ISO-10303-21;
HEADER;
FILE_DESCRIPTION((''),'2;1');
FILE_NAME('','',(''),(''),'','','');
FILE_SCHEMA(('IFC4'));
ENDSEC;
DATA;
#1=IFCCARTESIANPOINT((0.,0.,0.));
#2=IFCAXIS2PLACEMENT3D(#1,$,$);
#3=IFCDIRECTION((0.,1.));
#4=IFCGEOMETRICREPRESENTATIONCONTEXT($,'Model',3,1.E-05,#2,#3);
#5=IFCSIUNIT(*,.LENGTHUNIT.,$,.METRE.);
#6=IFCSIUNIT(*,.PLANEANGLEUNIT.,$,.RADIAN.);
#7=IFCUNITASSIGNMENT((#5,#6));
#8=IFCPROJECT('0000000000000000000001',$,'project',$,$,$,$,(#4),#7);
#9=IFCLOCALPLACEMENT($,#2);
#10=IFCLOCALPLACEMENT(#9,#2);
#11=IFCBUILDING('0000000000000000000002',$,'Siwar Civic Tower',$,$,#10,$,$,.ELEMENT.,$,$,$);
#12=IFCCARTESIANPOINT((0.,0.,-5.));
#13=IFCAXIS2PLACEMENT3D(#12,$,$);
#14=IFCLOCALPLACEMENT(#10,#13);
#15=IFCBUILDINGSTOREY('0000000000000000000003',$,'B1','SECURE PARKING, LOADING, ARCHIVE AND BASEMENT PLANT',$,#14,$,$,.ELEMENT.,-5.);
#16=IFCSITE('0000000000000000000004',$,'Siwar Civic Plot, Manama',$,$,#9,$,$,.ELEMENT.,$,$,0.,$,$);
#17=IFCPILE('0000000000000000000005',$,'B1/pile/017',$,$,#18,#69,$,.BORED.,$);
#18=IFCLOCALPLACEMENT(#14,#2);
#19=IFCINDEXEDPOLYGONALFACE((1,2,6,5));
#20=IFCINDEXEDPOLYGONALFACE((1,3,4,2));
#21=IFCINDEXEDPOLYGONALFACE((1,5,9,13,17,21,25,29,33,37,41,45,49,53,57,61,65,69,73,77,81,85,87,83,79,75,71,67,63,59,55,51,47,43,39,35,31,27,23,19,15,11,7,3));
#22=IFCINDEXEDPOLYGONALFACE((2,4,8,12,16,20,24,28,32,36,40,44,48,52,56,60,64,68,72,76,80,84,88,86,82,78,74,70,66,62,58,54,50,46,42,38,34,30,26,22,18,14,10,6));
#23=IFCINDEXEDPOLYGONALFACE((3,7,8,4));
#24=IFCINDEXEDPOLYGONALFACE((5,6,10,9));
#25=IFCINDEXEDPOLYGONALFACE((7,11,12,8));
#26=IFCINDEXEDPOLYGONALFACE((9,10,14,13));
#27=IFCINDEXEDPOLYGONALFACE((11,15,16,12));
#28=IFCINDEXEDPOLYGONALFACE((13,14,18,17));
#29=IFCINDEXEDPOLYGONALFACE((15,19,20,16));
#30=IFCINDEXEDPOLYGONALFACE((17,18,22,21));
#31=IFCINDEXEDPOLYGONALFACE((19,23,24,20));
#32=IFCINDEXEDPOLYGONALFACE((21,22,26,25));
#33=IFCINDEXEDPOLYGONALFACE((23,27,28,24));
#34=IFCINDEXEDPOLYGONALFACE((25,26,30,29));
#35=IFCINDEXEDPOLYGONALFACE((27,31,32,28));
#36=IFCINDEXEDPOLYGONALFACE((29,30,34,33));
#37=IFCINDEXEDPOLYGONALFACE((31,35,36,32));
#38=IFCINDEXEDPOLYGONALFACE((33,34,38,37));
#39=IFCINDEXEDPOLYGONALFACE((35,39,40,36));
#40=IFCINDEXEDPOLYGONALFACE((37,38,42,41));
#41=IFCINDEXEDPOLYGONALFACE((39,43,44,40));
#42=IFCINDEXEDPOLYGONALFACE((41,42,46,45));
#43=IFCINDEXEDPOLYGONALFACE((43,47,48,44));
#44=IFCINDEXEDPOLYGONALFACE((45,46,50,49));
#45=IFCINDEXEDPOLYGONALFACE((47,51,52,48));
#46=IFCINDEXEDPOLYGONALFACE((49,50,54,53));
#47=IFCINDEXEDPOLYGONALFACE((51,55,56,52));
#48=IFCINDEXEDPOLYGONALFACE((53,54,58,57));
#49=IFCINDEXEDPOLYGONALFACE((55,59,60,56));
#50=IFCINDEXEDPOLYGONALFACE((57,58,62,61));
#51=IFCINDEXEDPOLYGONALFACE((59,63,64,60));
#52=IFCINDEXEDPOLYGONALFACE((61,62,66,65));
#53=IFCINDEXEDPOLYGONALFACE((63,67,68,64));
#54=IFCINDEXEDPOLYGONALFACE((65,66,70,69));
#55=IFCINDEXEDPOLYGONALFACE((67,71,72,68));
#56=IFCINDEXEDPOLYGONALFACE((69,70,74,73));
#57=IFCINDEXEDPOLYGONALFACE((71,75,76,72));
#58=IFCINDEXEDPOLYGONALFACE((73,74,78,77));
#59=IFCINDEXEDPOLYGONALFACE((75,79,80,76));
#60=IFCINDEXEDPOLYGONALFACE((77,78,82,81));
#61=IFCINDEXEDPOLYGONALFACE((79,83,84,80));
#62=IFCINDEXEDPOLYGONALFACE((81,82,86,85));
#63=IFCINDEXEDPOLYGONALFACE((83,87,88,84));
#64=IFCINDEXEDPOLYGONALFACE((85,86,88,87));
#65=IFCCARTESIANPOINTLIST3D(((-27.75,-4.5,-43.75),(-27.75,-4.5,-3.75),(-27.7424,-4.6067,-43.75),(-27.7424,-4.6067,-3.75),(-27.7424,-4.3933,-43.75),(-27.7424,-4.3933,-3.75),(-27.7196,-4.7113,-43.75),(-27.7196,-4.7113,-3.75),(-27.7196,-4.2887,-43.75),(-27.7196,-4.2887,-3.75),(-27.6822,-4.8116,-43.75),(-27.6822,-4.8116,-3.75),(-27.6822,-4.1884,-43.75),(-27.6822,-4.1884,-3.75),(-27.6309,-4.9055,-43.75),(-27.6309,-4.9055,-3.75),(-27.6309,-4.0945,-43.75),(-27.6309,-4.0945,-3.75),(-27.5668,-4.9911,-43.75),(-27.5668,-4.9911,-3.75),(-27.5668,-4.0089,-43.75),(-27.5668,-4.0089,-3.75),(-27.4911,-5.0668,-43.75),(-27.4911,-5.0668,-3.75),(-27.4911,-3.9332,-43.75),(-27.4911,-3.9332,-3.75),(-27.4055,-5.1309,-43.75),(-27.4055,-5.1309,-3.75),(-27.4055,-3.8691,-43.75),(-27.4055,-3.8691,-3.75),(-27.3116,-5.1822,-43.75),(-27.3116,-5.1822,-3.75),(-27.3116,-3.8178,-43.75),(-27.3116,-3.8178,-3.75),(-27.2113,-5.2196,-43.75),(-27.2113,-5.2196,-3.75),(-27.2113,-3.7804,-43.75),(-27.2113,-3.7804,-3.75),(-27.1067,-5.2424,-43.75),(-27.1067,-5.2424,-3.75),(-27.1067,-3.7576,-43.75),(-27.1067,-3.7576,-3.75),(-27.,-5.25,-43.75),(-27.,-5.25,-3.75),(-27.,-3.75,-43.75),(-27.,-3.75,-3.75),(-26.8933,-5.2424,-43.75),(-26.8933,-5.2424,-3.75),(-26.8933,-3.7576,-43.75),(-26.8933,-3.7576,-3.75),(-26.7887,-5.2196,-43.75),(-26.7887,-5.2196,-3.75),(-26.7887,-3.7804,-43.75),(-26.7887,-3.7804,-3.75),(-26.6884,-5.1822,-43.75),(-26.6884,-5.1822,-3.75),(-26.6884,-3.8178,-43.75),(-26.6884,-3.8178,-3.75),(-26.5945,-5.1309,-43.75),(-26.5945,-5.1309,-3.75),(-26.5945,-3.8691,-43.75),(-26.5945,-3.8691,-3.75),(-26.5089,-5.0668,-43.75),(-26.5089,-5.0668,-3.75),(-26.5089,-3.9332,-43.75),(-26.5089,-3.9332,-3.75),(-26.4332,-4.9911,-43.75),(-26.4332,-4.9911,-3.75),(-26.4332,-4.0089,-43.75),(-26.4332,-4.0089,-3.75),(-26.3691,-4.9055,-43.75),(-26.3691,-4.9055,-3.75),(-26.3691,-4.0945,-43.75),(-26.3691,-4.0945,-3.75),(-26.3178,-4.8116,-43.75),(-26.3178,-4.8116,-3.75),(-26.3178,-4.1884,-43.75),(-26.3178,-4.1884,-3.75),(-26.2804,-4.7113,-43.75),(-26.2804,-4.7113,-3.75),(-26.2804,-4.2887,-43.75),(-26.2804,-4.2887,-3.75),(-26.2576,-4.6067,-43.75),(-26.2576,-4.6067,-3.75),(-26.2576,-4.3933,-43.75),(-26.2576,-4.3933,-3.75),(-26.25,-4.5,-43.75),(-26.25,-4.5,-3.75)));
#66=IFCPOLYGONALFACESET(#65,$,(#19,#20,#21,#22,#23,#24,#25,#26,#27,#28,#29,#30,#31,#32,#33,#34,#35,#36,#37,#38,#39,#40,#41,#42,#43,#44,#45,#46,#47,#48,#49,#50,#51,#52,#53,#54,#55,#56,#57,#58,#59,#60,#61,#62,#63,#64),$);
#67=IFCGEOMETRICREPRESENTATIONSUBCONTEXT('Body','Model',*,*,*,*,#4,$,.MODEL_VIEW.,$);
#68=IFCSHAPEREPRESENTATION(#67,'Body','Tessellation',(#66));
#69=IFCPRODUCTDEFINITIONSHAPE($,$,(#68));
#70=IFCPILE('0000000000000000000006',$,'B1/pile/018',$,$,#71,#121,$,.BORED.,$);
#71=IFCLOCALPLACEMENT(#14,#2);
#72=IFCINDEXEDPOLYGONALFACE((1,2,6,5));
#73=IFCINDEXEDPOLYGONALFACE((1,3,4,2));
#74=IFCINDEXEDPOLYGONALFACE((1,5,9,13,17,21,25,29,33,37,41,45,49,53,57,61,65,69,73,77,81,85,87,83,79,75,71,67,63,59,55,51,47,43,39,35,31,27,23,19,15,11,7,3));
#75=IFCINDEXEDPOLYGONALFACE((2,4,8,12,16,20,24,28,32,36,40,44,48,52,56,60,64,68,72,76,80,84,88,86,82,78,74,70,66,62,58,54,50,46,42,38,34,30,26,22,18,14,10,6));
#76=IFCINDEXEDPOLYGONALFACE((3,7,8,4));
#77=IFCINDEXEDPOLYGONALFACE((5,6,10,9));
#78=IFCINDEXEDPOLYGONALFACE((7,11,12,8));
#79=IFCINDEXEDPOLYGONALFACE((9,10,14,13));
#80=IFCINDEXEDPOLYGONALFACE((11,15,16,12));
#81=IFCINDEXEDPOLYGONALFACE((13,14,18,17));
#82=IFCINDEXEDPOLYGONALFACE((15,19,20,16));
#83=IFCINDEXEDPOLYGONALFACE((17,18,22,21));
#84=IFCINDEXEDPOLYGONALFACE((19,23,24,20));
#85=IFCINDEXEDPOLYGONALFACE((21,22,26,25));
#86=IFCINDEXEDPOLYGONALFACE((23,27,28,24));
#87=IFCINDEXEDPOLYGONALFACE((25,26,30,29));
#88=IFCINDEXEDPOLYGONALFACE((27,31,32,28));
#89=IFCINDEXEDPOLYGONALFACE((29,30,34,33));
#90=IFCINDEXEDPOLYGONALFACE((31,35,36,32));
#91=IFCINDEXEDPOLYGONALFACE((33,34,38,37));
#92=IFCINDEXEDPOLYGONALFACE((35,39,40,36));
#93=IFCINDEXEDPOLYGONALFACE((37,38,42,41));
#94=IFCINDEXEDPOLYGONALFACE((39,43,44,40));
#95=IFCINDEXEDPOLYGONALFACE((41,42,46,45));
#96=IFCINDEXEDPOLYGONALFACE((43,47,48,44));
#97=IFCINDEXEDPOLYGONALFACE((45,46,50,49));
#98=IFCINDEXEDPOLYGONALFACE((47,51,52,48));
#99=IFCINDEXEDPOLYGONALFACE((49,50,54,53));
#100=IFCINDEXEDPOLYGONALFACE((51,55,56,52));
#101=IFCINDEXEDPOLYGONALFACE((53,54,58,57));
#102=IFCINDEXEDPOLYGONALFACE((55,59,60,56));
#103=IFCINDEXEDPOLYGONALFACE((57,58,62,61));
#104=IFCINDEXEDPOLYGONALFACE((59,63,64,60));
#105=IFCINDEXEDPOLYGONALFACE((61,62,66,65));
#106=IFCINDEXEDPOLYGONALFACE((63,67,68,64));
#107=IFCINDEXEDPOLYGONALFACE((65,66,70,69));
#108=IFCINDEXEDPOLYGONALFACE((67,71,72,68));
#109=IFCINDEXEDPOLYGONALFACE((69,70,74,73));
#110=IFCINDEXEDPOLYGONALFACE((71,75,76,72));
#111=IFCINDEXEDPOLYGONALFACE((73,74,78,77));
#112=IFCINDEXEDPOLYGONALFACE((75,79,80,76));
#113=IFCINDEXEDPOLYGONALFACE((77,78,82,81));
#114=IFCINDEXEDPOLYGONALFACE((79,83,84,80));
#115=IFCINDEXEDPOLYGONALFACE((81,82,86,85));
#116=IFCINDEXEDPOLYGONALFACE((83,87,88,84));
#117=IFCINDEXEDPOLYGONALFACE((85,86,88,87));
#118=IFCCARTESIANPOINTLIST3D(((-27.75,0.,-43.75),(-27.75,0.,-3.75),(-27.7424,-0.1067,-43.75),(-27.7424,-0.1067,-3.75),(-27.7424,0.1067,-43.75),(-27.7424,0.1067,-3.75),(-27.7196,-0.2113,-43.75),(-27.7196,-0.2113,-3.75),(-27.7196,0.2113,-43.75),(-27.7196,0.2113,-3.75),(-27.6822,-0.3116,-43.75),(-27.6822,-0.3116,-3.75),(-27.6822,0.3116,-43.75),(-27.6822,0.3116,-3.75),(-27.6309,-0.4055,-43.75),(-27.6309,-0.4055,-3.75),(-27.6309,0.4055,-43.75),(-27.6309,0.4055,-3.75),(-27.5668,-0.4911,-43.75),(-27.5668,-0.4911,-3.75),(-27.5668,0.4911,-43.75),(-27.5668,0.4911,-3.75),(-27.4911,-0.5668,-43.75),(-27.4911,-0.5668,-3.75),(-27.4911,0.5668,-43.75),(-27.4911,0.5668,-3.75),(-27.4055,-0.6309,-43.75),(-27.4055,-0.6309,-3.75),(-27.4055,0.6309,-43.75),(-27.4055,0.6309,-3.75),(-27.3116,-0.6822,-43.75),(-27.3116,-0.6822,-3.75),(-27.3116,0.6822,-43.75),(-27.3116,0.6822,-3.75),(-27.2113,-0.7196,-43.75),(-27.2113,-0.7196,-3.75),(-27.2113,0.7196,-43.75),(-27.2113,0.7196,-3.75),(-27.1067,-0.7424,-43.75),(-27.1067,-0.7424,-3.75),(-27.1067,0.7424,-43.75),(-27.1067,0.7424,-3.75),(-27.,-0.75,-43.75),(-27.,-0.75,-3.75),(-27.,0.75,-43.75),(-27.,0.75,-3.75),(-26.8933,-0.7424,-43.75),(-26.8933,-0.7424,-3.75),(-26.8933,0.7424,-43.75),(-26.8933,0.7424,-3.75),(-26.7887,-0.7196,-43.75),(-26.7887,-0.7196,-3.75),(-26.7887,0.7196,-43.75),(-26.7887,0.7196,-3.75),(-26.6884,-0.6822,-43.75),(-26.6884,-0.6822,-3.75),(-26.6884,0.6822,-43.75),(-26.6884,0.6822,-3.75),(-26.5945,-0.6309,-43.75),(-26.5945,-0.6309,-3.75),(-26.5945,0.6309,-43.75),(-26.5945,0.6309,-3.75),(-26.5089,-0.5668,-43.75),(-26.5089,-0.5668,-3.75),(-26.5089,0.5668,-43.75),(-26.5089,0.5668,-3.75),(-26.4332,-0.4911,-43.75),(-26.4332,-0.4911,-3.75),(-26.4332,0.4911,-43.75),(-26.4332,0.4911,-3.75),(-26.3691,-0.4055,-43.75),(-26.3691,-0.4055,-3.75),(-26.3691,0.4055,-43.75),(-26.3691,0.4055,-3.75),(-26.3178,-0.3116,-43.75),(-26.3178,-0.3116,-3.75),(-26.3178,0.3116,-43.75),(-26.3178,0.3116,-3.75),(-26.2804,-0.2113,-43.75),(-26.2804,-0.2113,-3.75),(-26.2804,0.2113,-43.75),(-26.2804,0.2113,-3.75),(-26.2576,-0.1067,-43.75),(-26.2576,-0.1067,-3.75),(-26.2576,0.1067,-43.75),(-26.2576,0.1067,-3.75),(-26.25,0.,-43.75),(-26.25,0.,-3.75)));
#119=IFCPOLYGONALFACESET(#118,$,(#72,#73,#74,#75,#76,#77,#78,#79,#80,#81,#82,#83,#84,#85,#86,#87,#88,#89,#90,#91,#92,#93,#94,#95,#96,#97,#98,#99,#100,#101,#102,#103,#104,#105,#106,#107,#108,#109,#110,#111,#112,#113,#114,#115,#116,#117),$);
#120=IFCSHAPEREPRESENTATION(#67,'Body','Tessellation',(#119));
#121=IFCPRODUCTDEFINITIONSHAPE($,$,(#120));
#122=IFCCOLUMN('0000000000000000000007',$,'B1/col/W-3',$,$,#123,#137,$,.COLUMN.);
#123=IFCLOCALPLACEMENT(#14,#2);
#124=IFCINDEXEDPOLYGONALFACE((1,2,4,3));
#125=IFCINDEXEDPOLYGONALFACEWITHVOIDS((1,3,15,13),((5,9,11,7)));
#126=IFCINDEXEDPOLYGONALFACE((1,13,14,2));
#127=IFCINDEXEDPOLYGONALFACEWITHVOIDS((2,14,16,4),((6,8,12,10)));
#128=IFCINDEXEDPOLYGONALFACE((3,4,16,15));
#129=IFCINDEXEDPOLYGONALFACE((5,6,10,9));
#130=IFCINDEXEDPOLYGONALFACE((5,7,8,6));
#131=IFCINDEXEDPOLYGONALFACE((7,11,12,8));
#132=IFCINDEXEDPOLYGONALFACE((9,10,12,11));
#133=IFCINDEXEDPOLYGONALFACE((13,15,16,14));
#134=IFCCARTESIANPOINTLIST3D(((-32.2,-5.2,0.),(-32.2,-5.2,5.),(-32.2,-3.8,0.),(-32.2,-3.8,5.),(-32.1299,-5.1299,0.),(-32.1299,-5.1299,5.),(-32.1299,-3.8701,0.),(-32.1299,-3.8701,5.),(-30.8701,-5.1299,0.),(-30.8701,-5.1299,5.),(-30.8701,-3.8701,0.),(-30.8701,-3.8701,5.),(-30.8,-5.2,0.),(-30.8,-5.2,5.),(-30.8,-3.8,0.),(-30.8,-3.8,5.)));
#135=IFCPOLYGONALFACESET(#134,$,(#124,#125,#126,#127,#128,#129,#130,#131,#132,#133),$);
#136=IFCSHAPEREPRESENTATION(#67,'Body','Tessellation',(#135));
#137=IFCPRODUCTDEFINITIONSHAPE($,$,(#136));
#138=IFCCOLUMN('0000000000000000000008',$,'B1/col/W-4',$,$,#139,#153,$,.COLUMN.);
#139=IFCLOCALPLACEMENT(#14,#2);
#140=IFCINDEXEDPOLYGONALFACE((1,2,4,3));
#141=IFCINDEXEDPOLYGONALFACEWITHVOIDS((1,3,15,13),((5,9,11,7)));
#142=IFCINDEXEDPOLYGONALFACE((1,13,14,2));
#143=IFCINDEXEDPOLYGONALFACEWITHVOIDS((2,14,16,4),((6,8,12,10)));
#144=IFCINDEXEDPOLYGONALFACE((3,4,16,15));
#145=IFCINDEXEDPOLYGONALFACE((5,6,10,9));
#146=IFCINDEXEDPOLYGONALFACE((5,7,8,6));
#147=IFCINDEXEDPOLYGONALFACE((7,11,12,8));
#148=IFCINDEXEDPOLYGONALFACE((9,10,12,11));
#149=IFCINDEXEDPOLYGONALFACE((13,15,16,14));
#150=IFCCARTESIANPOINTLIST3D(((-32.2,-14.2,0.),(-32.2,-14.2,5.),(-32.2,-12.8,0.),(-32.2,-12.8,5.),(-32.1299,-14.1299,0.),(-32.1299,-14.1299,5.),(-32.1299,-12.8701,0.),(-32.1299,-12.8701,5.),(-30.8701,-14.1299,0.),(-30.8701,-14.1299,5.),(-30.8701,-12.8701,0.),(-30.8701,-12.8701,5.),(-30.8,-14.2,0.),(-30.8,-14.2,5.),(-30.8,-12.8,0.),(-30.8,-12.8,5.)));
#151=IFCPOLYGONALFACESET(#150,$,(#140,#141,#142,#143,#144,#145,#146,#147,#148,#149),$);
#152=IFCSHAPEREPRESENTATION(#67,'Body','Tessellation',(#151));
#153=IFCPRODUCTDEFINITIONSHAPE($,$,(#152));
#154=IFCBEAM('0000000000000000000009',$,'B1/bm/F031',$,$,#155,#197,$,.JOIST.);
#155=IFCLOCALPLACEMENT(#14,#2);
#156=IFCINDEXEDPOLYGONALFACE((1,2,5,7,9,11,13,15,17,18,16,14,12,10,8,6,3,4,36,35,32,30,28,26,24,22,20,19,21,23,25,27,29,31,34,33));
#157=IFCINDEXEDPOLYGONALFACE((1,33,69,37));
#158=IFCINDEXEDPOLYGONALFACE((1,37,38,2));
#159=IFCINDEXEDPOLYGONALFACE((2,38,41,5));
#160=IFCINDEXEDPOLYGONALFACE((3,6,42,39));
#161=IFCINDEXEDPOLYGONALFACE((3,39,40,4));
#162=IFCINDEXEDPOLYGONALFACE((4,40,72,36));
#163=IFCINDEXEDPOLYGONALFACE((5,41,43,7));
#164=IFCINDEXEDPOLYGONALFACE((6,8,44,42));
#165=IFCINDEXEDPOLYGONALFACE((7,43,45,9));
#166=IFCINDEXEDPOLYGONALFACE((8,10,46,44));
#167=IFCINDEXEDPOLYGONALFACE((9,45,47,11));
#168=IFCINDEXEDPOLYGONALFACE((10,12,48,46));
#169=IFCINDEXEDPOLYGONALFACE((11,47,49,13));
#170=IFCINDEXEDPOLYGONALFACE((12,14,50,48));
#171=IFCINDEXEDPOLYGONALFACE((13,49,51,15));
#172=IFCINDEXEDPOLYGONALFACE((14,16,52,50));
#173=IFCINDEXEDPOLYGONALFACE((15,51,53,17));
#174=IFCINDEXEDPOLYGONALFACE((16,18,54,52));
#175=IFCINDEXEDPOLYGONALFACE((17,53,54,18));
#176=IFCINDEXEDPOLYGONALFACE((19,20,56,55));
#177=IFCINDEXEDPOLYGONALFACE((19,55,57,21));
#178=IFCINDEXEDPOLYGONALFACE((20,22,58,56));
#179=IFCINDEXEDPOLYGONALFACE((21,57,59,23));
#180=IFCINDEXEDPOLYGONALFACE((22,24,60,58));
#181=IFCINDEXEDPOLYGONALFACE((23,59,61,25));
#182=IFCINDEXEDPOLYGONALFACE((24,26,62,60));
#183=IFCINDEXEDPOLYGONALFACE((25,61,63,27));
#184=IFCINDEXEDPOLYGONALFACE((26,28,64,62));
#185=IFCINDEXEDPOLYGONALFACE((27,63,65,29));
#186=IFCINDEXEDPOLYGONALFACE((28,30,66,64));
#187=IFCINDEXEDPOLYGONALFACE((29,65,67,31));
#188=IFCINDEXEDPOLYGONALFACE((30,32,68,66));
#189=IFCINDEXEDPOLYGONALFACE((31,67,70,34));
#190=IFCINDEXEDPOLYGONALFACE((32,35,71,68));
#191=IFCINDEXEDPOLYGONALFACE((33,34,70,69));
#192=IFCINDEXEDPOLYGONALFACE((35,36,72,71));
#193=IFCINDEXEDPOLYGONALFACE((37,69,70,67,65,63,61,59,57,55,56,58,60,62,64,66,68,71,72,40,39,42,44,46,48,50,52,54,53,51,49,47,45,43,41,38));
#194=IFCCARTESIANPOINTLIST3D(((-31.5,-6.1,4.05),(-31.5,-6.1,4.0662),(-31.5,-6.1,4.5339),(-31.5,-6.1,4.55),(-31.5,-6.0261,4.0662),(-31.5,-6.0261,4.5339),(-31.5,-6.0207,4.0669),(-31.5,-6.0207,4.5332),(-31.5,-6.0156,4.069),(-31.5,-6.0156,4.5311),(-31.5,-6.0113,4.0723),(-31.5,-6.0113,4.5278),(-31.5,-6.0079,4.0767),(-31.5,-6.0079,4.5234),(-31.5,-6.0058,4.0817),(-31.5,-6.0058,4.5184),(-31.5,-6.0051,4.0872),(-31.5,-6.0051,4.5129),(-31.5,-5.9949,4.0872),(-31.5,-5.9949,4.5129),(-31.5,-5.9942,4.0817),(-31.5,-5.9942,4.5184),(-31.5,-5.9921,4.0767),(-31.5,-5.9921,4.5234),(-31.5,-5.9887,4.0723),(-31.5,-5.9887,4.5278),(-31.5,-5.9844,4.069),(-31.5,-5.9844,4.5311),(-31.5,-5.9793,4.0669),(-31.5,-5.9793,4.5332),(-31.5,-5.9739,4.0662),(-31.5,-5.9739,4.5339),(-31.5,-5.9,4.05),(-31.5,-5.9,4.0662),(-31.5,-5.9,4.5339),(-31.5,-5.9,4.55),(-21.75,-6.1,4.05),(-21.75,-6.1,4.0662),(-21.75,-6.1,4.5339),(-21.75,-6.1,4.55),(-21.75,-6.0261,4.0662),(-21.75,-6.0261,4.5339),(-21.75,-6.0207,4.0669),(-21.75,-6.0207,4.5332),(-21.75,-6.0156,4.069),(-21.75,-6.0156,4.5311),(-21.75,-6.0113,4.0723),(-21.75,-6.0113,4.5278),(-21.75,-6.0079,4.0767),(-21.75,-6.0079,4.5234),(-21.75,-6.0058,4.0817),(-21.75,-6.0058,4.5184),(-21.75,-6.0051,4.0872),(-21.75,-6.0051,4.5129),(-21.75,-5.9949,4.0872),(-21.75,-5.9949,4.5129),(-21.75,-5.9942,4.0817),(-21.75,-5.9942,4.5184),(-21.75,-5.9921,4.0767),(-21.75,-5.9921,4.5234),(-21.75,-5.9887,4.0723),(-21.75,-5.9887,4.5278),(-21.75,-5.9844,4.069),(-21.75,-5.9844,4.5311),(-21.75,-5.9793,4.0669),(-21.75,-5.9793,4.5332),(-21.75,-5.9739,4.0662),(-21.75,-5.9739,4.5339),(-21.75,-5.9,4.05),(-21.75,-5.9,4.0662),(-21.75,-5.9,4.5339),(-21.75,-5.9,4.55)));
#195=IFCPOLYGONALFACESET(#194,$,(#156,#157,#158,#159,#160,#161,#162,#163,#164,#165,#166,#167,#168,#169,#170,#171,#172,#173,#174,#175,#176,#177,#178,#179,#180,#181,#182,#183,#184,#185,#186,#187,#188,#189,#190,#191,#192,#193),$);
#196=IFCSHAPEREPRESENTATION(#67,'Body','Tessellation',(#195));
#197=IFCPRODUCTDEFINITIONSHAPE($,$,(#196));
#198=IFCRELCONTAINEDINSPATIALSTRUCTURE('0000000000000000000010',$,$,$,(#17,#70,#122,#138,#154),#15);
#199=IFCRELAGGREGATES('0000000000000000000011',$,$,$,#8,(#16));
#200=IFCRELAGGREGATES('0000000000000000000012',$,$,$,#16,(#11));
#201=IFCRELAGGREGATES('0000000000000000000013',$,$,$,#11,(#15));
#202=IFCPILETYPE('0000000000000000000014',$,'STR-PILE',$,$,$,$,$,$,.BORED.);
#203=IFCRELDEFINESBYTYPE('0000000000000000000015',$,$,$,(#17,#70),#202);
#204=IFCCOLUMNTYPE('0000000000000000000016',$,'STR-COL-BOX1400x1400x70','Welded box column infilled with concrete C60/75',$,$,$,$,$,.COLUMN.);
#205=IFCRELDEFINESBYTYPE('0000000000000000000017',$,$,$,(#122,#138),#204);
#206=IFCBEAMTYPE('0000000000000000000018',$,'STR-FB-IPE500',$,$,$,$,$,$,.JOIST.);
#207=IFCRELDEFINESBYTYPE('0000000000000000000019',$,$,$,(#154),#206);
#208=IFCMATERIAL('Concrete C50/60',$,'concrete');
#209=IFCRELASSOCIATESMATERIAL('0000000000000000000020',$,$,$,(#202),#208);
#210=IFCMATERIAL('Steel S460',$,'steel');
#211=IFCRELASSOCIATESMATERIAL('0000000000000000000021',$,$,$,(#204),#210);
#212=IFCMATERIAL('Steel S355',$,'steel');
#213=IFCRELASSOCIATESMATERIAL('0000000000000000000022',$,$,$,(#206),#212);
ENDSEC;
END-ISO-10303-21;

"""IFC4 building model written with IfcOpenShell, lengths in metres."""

from ifc_helpers import new_model, si_unit, direction, frame, origin, origin_2d, place, context, subcontext, project, spatial, hollow_rectangle, circle, i_section, extrude, material, material_profile, profile_set, type_object, element, save


model = new_model("IFC4")

# Units and contexts
model_context = context("Model", 3, precision=1e-05, world=origin(), true_north=direction((0.0, 1.0)))
body_context = subcontext(model_context, "Body", "Model", "MODEL_VIEW")
ifc_project = project(units=[si_unit("LENGTHUNIT", "METRE"), si_unit("PLANEANGLEUNIT", "RADIAN")], contexts=[model_context])

# Site, building, storey
site_placement = place(None, origin())
site = spatial("IfcSite", under=ifc_project, at=site_placement, Name="Siwar Civic Plot, Manama", CompositionType="ELEMENT", RefElevation=0.0)
building_placement = place(site_placement, origin())
building = spatial("IfcBuilding", under=site, at=building_placement, Name="Siwar Civic Tower", CompositionType="ELEMENT")
storey_placement = place(building_placement, frame((0.0, 0.0, -5.0)))
storey = spatial("IfcBuildingStorey", under=building, at=storey_placement, Name="B1", Description="SECURE PARKING, LOADING, ARCHIVE AND BASEMENT PLANT", CompositionType="ELEMENT", Elevation=-5.0)

# Piles
ifc_material_1 = material(Name="Concrete C50/60", Category="concrete")
ifc_material_profile_1 = material_profile(ifc_material_1, circle(Radius=0.75, at=origin_2d()), Name="PILE1500")
ifc_profile_set_1 = profile_set([ifc_material_profile_1], Name="Concrete C50/60")
pile_type = type_object("IfcPileType", Name="STR-PILE", PredefinedType="BORED", material=ifc_profile_set_1)
for number, where, z_axis, x_axis, name in (
    (1, (-27.0, -4.5, -3.75), (0.0, 0.0, -1.0), (1.0, 0.0, 0.0), "B1/pile/017"),
    (2, (-27.0, 0.0, -3.75), (0.0, 0.0, -1.0), (1.0, 0.0, 0.0), "B1/pile/018"),
):
    element("IfcPile", number, at=place(storey_placement, frame(where, z_axis=z_axis, x_axis=x_axis)), inside=storey, type_object=pile_type, Name=name, PredefinedType="BORED", context=body_context, shape_type="SweptSolid", body=[
        extrude(circle(Radius=0.75, at=origin_2d()), origin(), (0.0, 0.0, 1.0), 40.0),
    ])

# Columns
ifc_material_2 = material(Name="Steel S460", Category="steel")
ifc_material_profile_2 = material_profile(ifc_material_2, hollow_rectangle(XDim=1.3999, YDim=1.3999, WallThickness=0.0701, at=origin_2d()), Name="BOX1400x1400x70")
ifc_profile_set_2 = profile_set([ifc_material_profile_2], Name="Steel S460")
column_type = type_object("IfcColumnType", Name="STR-COL-BOX1400x1400x70", Description="Welded box column infilled with concrete C60/75", PredefinedType="COLUMN", material=ifc_profile_set_2)
for number, where, z_axis, x_axis, name in (
    (3, (-31.5, -4.5, 0.0), (0.0, 0.0, 1.0), (1.0, 0.0, 0.0), "B1/col/W-3"),
    (4, (-31.5, -13.5, 0.0), (0.0, 0.0, 1.0), (1.0, 0.0, 0.0), "B1/col/W-4"),
):
    element("IfcColumn", number, at=place(storey_placement, frame(where, z_axis=z_axis, x_axis=x_axis)), inside=storey, type_object=column_type, Name=name, PredefinedType="COLUMN", context=body_context, shape_type="SweptSolid", body=[
        extrude(hollow_rectangle(XDim=1.3999, YDim=1.3999, WallThickness=0.0701, at=origin_2d()), origin(), (0.0, 0.0, 1.0), 5.0),
    ])

# Beam
ifc_material_3 = material(Name="Steel S355", Category="steel")
ifc_material_profile_3 = material_profile(ifc_material_3, i_section(OverallWidth=0.2, OverallDepth=0.5, WebThickness=0.0103, FlangeThickness=0.0161, FilletRadius=0.021, at=origin_2d()), Name="IPE500")
ifc_profile_set_3 = profile_set([ifc_material_profile_3], Name="Steel S355")
beam_type_1 = type_object("IfcBeamType", Name="STR-FB-IPE500", PredefinedType="JOIST", material=ifc_profile_set_3)
beam_1_placement = place(storey_placement, frame((-31.5, -6.0, 4.3), z_axis=(1.0, 0.0, 0.0), x_axis=(0.0, 1.0, 0.0)))
element("IfcBeam", 5, at=beam_1_placement, inside=storey, type_object=beam_type_1, Name="B1/bm/F031", PredefinedType="JOIST", context=body_context, shape_type="SweptSolid", body=[
    extrude(i_section(OverallWidth=0.2, OverallDepth=0.5, WebThickness=0.0103, FlangeThickness=0.0161, FilletRadius=0.021, at=origin_2d()), origin(), (0.0, 0.0, 1.0), 9.75),
])

save(model, "model.ifc")
